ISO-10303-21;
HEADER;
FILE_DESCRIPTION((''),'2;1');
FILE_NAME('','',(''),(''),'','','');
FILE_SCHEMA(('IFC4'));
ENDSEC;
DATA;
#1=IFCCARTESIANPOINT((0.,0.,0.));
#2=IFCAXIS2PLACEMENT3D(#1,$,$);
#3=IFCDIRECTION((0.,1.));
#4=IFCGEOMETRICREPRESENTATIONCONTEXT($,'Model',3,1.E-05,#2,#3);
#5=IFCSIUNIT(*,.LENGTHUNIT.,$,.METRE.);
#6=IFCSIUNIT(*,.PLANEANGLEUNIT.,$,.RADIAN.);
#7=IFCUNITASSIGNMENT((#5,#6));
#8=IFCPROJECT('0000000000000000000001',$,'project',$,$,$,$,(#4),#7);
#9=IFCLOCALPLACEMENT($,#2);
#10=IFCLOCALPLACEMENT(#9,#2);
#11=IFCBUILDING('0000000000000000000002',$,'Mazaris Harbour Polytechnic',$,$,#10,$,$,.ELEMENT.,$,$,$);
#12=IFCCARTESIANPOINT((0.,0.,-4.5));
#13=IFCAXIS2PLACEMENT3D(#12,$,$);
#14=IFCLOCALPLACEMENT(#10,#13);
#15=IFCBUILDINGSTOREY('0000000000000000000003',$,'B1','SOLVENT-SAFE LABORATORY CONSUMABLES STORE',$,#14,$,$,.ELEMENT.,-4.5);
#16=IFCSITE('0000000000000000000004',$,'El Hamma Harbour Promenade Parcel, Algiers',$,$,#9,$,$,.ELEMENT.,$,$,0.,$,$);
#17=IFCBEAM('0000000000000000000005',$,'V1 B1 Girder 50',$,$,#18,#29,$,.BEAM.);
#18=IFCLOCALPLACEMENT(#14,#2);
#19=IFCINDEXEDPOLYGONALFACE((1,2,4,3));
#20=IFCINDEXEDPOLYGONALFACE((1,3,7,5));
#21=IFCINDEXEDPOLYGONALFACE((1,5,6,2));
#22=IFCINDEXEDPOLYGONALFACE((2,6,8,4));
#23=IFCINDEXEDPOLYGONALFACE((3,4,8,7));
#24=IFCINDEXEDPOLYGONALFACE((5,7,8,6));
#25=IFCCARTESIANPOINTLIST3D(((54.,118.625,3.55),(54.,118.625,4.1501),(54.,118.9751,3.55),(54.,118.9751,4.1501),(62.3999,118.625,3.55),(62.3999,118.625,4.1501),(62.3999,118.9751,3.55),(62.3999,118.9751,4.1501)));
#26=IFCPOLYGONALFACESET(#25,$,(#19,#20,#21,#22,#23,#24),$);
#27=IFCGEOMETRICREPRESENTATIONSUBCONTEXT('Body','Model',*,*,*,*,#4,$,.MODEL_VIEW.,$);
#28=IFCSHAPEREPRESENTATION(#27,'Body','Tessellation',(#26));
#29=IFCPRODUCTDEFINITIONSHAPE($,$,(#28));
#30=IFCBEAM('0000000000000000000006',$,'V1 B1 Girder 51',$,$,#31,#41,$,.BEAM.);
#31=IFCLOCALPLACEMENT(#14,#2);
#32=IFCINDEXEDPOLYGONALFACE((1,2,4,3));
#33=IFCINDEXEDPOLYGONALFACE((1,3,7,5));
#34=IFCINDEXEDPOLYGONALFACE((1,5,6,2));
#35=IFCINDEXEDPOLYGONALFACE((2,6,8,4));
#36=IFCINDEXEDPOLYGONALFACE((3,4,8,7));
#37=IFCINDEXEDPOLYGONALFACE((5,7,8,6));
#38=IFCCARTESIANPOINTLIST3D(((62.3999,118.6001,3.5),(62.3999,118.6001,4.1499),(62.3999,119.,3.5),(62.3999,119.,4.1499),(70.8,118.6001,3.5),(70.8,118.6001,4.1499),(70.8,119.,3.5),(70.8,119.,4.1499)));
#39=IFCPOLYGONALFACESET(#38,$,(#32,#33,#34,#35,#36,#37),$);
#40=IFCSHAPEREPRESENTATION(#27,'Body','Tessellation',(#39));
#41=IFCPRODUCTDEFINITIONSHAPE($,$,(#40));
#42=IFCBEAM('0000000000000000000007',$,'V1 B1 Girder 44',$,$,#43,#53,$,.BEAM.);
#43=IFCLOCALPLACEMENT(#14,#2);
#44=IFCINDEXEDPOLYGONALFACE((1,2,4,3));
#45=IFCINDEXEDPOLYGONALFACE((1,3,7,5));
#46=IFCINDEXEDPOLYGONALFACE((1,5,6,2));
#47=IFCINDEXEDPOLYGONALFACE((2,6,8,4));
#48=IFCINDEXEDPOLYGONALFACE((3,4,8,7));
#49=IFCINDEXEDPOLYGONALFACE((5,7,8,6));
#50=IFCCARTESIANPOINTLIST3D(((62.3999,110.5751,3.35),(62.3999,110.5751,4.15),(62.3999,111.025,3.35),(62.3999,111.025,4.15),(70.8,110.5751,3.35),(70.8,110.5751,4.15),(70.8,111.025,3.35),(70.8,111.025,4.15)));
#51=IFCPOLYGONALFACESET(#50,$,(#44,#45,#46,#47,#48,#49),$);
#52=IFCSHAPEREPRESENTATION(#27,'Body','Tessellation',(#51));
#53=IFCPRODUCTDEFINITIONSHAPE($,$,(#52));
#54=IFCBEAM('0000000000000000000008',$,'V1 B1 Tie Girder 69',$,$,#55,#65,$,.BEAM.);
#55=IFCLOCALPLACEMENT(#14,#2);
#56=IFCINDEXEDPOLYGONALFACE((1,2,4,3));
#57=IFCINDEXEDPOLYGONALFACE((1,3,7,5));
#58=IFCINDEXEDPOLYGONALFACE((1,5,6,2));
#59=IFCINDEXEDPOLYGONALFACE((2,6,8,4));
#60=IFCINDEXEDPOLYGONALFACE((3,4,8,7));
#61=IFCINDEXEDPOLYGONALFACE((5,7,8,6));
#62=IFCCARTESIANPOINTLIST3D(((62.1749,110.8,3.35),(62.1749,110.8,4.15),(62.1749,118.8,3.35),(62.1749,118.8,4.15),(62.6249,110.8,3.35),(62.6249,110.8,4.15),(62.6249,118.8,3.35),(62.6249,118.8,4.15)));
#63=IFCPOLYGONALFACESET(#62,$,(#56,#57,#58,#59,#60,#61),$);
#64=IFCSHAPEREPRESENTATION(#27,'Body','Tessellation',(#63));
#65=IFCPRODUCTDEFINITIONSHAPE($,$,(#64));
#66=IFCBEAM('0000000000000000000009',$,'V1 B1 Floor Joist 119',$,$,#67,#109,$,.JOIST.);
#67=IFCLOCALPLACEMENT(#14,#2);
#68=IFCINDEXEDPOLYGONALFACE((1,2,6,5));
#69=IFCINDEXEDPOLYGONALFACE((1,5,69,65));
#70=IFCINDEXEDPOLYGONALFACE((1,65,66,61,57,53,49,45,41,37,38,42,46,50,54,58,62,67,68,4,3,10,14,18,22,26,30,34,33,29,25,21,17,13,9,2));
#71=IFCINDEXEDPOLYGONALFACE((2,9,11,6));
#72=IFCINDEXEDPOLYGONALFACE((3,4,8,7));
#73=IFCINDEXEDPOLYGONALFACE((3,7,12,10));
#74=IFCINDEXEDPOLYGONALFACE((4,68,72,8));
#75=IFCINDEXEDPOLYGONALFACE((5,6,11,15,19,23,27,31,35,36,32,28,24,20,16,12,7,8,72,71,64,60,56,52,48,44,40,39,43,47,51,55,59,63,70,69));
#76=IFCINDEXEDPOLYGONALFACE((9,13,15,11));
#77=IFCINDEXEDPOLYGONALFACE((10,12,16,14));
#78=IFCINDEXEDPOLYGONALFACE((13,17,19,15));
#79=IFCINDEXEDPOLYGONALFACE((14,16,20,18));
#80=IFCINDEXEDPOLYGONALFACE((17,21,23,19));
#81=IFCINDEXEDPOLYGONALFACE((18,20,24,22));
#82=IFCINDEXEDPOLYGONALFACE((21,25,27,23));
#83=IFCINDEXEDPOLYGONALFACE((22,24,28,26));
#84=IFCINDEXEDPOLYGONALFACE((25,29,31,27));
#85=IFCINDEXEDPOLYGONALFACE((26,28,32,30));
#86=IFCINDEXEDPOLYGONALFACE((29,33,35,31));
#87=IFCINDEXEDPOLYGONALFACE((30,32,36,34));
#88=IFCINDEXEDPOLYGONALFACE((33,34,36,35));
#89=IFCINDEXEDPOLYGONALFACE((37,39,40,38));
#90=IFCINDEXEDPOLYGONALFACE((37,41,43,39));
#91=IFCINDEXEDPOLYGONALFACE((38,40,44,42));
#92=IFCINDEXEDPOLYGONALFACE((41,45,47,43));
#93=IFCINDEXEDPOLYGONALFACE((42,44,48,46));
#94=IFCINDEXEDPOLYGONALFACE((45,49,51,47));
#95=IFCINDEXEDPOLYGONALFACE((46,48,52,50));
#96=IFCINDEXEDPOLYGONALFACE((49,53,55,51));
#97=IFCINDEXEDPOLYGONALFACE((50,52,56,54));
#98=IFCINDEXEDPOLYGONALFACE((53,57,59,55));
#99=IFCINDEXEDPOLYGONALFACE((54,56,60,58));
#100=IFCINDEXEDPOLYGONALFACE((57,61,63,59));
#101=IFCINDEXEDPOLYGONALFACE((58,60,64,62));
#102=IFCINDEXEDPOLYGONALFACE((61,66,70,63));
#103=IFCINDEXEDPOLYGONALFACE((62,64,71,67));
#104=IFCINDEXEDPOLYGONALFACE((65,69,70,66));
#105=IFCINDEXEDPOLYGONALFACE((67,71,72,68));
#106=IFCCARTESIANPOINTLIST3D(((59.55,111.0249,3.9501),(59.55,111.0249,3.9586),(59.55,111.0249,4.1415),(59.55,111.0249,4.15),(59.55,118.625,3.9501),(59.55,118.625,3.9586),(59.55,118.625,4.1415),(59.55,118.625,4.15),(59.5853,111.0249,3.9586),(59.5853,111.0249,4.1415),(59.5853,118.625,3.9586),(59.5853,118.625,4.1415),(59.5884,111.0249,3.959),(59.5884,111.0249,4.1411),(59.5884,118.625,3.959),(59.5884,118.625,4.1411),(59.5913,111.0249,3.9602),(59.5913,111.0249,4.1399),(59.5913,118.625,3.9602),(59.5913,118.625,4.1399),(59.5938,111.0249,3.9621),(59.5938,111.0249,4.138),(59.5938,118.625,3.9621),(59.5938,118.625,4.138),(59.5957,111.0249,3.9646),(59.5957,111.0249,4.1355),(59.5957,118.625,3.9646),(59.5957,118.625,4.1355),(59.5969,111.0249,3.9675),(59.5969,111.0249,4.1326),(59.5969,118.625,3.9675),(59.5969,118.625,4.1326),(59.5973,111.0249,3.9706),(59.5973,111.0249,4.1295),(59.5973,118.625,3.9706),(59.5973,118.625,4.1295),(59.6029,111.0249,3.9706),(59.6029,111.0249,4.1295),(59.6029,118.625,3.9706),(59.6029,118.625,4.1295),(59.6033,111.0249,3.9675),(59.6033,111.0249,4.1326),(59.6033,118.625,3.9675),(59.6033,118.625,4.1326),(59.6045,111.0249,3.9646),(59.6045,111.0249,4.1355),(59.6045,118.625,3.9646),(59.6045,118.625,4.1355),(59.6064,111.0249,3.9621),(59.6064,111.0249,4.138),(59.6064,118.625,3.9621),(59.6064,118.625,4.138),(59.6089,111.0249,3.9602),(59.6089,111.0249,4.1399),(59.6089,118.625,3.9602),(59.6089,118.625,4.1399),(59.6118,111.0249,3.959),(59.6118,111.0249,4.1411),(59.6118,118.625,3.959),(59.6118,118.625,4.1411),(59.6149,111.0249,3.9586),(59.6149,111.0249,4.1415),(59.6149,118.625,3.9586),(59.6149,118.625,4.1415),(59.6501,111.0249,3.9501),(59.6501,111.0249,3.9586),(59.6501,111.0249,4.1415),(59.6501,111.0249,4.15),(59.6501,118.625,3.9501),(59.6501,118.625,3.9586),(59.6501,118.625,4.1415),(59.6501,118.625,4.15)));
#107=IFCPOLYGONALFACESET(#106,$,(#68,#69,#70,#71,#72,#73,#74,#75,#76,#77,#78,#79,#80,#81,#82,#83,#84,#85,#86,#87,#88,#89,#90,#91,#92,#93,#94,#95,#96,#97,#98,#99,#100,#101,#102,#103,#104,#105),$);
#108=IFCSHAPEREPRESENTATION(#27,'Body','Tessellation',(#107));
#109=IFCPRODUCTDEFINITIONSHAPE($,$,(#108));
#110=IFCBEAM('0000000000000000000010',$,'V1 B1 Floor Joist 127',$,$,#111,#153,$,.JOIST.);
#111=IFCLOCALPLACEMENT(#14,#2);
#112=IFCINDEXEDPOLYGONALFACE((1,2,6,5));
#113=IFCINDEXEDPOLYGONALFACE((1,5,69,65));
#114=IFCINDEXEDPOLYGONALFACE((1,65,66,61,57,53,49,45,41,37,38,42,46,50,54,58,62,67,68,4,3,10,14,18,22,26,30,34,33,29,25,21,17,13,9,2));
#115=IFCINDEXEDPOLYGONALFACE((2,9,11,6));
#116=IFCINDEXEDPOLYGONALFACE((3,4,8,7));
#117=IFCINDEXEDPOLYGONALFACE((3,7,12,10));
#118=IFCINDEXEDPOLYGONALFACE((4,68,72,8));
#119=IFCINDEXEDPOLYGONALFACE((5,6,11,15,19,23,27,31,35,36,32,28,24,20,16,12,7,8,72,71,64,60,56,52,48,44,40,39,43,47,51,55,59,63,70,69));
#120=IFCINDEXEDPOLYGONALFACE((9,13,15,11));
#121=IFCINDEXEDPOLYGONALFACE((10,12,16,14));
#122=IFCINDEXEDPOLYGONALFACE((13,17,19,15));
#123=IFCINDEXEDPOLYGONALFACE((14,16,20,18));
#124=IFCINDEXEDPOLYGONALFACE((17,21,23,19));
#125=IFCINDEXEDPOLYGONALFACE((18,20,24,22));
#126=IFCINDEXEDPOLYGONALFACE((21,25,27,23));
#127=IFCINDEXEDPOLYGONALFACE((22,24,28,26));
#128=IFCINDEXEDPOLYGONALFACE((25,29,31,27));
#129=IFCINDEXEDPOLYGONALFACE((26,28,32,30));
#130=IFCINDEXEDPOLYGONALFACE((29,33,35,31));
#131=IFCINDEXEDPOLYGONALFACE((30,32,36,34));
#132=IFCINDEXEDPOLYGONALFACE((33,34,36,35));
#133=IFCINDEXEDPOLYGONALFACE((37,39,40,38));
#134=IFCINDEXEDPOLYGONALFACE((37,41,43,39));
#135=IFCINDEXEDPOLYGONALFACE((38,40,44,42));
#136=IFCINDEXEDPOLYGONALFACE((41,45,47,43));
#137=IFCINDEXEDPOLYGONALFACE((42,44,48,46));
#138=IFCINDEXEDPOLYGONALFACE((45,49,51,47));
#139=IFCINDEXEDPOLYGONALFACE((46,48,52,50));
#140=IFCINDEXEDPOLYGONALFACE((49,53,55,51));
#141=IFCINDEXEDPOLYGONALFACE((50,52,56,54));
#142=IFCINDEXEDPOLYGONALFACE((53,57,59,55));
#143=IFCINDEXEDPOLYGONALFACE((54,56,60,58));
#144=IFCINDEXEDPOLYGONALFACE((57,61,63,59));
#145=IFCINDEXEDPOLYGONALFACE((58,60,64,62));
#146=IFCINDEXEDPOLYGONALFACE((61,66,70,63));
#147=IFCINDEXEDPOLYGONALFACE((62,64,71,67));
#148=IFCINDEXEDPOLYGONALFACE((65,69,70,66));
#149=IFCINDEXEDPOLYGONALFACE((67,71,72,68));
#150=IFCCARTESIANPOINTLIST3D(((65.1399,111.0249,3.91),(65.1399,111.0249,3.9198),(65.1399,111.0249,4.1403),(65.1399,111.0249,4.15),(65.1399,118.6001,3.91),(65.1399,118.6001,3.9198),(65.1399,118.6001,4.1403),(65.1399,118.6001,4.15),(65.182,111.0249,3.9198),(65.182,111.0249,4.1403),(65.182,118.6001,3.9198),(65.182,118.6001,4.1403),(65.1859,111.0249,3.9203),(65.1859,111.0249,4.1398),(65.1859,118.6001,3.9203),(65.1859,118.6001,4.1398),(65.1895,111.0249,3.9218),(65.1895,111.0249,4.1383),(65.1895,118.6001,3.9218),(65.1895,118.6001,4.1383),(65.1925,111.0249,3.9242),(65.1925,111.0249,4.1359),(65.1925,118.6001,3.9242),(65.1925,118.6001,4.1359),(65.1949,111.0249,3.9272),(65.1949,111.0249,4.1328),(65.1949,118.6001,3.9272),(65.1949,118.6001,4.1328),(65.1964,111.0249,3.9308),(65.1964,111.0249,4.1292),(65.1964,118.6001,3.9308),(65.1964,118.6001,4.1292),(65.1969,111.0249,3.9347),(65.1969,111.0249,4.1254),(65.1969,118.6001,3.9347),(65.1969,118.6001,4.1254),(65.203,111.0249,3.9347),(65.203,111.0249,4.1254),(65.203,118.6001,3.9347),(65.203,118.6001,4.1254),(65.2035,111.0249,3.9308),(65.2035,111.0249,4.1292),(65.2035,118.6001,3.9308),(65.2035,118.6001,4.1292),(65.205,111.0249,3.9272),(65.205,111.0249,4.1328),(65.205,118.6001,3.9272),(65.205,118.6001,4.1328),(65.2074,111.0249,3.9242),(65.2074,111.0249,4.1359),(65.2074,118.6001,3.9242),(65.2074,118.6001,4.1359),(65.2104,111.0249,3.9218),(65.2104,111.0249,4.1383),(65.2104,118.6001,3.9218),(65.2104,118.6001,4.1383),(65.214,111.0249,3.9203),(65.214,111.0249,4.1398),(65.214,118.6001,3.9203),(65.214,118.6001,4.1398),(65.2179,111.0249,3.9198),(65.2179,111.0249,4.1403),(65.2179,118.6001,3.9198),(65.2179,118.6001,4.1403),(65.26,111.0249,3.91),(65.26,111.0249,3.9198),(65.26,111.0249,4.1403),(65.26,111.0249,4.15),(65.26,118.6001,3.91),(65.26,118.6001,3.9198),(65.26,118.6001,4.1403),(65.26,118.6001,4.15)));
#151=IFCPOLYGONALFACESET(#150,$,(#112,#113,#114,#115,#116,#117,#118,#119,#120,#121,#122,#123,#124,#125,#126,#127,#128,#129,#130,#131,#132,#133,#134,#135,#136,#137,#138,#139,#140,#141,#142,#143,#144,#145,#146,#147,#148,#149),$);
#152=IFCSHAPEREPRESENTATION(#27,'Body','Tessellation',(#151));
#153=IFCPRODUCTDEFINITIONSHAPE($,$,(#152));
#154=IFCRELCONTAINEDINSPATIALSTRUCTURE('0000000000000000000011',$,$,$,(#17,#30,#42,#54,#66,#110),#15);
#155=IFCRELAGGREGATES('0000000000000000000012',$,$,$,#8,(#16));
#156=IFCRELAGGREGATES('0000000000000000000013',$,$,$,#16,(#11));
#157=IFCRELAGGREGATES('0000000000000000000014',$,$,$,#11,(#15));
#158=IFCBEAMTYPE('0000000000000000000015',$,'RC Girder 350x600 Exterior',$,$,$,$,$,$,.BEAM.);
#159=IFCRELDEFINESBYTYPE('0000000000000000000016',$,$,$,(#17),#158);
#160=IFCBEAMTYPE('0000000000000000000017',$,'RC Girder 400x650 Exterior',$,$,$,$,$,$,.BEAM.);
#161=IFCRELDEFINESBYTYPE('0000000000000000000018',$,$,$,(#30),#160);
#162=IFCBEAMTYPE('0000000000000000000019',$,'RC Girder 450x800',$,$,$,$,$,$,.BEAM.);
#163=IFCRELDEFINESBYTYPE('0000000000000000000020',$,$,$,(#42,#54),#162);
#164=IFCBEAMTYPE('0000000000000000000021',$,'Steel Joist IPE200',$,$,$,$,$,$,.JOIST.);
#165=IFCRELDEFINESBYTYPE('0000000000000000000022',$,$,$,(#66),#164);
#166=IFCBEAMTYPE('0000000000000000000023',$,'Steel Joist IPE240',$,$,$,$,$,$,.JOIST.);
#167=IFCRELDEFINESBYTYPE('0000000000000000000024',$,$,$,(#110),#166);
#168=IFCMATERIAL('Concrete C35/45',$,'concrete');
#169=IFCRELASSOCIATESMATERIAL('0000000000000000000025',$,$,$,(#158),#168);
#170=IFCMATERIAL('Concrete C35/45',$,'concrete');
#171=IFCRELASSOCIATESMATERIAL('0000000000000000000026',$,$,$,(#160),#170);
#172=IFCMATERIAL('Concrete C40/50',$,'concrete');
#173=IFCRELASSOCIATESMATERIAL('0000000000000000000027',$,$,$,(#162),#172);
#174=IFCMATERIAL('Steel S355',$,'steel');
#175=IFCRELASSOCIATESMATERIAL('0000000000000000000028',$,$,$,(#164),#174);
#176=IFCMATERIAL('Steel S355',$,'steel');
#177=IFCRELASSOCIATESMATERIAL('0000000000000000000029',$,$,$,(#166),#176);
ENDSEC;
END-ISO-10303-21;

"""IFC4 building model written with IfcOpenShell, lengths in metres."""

from ifc_helpers import new_model, si_unit, direction, frame, origin, origin_2d, place, context, subcontext, project, spatial, rectangle, i_section, extrude, material, material_profile, profile_set, type_object, element, save


model = new_model("IFC4")

# Units and contexts
model_context = context("Model", 3, precision=1e-05, world=origin(), true_north=direction((0.0, 1.0)))
body_context = subcontext(model_context, "Body", "Model", "MODEL_VIEW")
ifc_project = project(units=[si_unit("LENGTHUNIT", "METRE"), si_unit("PLANEANGLEUNIT", "RADIAN")], contexts=[model_context])

# Site, building, storey
site_placement = place(None, origin())
site = spatial("IfcSite", under=ifc_project, at=site_placement, Name="El Hamma Harbour Promenade Parcel, Algiers", CompositionType="ELEMENT", RefElevation=0.0)
building_placement = place(site_placement, origin())
building = spatial("IfcBuilding", under=site, at=building_placement, Name="Mazaris Harbour Polytechnic", CompositionType="ELEMENT")
storey_placement = place(building_placement, frame((0.0, 0.0, -4.5)))
storey = spatial("IfcBuildingStorey", under=building, at=storey_placement, Name="B1", Description="SOLVENT-SAFE LABORATORY CONSUMABLES STORE", CompositionType="ELEMENT", Elevation=-4.5)

# Beams
ifc_material_1 = material(Name="Concrete C35/45", Category="concrete")
ifc_material_profile_1 = material_profile(ifc_material_1, rectangle(XDim=0.3501, YDim=0.6001, at=origin_2d()), Name="RECT350x600")
ifc_profile_set_1 = profile_set([ifc_material_profile_1], Name="Concrete C35/45")
beam_type_1 = type_object("IfcBeamType", Name="RC Girder 350x600 Exterior", PredefinedType="BEAM", material=ifc_profile_set_1)
beam_1_placement = place(storey_placement, frame((54.0, 118.8, 3.8501), z_axis=(1.0, 0.0, 0.0), x_axis=(0.0, 1.0, 0.0)))
element("IfcBeam", 1, at=beam_1_placement, inside=storey, type_object=beam_type_1, Name="V1 B1 Girder 50", PredefinedType="BEAM", context=body_context, shape_type="SweptSolid", body=[
    extrude(rectangle(XDim=0.3501, YDim=0.6001, at=origin_2d()), origin(), (0.0, 0.0, 1.0), 8.3999),
])
ifc_material_2 = material(Name="Concrete C35/45", Category="concrete")
ifc_material_profile_2 = material_profile(ifc_material_2, rectangle(XDim=0.3999, YDim=0.6499, at=origin_2d()), Name="RECT400x650")
ifc_profile_set_2 = profile_set([ifc_material_profile_2], Name="Concrete C35/45")
beam_type_2 = type_object("IfcBeamType", Name="RC Girder 400x650 Exterior", PredefinedType="BEAM", material=ifc_profile_set_2)
beam_2_placement = place(storey_placement, frame((62.3999, 118.8, 3.825), z_axis=(1.0, 0.0, 0.0), x_axis=(0.0, 1.0, 0.0)))
element("IfcBeam", 2, at=beam_2_placement, inside=storey, type_object=beam_type_2, Name="V1 B1 Girder 51", PredefinedType="BEAM", context=body_context, shape_type="SweptSolid", body=[
    extrude(rectangle(XDim=0.3999, YDim=0.6499, at=origin_2d()), origin(), (0.0, 0.0, 1.0), 8.4001),
])
ifc_material_3 = material(Name="Concrete C40/50", Category="concrete")
ifc_material_profile_3 = material_profile(ifc_material_3, rectangle(XDim=0.45, YDim=0.8, at=origin_2d()), Name="RECT450x800")
ifc_profile_set_3 = profile_set([ifc_material_profile_3], Name="Concrete C40/50")
beam_type_3 = type_object("IfcBeamType", Name="RC Girder 450x800", PredefinedType="BEAM", material=ifc_profile_set_3)
beam_3_placement = place(storey_placement, frame((62.3999, 110.8, 3.75), z_axis=(1.0, 0.0, 0.0), x_axis=(0.0, 1.0, 0.0)))
element("IfcBeam", 3, at=beam_3_placement, inside=storey, type_object=beam_type_3, Name="V1 B1 Girder 44", PredefinedType="BEAM", context=body_context, shape_type="SweptSolid", body=[
    extrude(rectangle(XDim=0.45, YDim=0.8, at=origin_2d()), origin(), (0.0, 0.0, 1.0), 8.4001),
])
beam_4_placement = place(storey_placement, frame((62.3999, 110.8, 3.75), z_axis=(0.0, 1.0, 0.0), x_axis=(-1.0, 0.0, 0.0)))
element("IfcBeam", 4, at=beam_4_placement, inside=storey, type_object=beam_type_3, Name="V1 B1 Tie Girder 69", PredefinedType="BEAM", context=body_context, shape_type="SweptSolid", body=[
    extrude(rectangle(XDim=0.45, YDim=0.8, at=origin_2d()), origin(), (0.0, 0.0, 1.0), 8.0),
])
ifc_material_4 = material(Name="Steel S355", Category="steel")
ifc_material_profile_4 = material_profile(ifc_material_4, i_section(OverallWidth=0.1001, OverallDepth=0.2, WebThickness=0.0056, FlangeThickness=0.0085, FilletRadius=0.012, at=origin_2d()), Name="IPE 200")
ifc_profile_set_4 = profile_set([ifc_material_profile_4], Name="Steel S355")
beam_type_4 = type_object("IfcBeamType", Name="Steel Joist IPE200", PredefinedType="JOIST", material=ifc_profile_set_4)
beam_5_placement = place(storey_placement, frame((59.6001, 111.0249, 4.05), z_axis=(0.0, 1.0, 0.0), x_axis=(-1.0, 0.0, 0.0)))
element("IfcBeam", 5, at=beam_5_placement, inside=storey, type_object=beam_type_4, Name="V1 B1 Floor Joist 119", PredefinedType="JOIST", context=body_context, shape_type="SweptSolid", body=[
    extrude(i_section(OverallWidth=0.1001, OverallDepth=0.2, WebThickness=0.0056, FlangeThickness=0.0085, FilletRadius=0.012, at=origin_2d()), origin(), (0.0, 0.0, 1.0), 7.6001),
])
ifc_material_5 = material(Name="Steel S355", Category="steel")
ifc_material_profile_5 = material_profile(ifc_material_5, i_section(OverallWidth=0.1201, OverallDepth=0.24, WebThickness=0.0061, FlangeThickness=0.0098, FilletRadius=0.0149, at=origin_2d()), Name="IPE 240")
ifc_profile_set_5 = profile_set([ifc_material_profile_5], Name="Steel S355")
beam_type_5 = type_object("IfcBeamType", Name="Steel Joist IPE240", PredefinedType="JOIST", material=ifc_profile_set_5)
beam_6_placement = place(storey_placement, frame((65.2, 111.0249, 4.03), z_axis=(0.0, 1.0, 0.0), x_axis=(-1.0, 0.0, 0.0)))
element("IfcBeam", 6, at=beam_6_placement, inside=storey, type_object=beam_type_5, Name="V1 B1 Floor Joist 127", PredefinedType="JOIST", context=body_context, shape_type="SweptSolid", body=[
    extrude(i_section(OverallWidth=0.1201, OverallDepth=0.24, WebThickness=0.0061, FlangeThickness=0.0098, FilletRadius=0.0149, at=origin_2d()), origin(), (0.0, 0.0, 1.0), 7.5752),
])

save(model, "model.ifc")
